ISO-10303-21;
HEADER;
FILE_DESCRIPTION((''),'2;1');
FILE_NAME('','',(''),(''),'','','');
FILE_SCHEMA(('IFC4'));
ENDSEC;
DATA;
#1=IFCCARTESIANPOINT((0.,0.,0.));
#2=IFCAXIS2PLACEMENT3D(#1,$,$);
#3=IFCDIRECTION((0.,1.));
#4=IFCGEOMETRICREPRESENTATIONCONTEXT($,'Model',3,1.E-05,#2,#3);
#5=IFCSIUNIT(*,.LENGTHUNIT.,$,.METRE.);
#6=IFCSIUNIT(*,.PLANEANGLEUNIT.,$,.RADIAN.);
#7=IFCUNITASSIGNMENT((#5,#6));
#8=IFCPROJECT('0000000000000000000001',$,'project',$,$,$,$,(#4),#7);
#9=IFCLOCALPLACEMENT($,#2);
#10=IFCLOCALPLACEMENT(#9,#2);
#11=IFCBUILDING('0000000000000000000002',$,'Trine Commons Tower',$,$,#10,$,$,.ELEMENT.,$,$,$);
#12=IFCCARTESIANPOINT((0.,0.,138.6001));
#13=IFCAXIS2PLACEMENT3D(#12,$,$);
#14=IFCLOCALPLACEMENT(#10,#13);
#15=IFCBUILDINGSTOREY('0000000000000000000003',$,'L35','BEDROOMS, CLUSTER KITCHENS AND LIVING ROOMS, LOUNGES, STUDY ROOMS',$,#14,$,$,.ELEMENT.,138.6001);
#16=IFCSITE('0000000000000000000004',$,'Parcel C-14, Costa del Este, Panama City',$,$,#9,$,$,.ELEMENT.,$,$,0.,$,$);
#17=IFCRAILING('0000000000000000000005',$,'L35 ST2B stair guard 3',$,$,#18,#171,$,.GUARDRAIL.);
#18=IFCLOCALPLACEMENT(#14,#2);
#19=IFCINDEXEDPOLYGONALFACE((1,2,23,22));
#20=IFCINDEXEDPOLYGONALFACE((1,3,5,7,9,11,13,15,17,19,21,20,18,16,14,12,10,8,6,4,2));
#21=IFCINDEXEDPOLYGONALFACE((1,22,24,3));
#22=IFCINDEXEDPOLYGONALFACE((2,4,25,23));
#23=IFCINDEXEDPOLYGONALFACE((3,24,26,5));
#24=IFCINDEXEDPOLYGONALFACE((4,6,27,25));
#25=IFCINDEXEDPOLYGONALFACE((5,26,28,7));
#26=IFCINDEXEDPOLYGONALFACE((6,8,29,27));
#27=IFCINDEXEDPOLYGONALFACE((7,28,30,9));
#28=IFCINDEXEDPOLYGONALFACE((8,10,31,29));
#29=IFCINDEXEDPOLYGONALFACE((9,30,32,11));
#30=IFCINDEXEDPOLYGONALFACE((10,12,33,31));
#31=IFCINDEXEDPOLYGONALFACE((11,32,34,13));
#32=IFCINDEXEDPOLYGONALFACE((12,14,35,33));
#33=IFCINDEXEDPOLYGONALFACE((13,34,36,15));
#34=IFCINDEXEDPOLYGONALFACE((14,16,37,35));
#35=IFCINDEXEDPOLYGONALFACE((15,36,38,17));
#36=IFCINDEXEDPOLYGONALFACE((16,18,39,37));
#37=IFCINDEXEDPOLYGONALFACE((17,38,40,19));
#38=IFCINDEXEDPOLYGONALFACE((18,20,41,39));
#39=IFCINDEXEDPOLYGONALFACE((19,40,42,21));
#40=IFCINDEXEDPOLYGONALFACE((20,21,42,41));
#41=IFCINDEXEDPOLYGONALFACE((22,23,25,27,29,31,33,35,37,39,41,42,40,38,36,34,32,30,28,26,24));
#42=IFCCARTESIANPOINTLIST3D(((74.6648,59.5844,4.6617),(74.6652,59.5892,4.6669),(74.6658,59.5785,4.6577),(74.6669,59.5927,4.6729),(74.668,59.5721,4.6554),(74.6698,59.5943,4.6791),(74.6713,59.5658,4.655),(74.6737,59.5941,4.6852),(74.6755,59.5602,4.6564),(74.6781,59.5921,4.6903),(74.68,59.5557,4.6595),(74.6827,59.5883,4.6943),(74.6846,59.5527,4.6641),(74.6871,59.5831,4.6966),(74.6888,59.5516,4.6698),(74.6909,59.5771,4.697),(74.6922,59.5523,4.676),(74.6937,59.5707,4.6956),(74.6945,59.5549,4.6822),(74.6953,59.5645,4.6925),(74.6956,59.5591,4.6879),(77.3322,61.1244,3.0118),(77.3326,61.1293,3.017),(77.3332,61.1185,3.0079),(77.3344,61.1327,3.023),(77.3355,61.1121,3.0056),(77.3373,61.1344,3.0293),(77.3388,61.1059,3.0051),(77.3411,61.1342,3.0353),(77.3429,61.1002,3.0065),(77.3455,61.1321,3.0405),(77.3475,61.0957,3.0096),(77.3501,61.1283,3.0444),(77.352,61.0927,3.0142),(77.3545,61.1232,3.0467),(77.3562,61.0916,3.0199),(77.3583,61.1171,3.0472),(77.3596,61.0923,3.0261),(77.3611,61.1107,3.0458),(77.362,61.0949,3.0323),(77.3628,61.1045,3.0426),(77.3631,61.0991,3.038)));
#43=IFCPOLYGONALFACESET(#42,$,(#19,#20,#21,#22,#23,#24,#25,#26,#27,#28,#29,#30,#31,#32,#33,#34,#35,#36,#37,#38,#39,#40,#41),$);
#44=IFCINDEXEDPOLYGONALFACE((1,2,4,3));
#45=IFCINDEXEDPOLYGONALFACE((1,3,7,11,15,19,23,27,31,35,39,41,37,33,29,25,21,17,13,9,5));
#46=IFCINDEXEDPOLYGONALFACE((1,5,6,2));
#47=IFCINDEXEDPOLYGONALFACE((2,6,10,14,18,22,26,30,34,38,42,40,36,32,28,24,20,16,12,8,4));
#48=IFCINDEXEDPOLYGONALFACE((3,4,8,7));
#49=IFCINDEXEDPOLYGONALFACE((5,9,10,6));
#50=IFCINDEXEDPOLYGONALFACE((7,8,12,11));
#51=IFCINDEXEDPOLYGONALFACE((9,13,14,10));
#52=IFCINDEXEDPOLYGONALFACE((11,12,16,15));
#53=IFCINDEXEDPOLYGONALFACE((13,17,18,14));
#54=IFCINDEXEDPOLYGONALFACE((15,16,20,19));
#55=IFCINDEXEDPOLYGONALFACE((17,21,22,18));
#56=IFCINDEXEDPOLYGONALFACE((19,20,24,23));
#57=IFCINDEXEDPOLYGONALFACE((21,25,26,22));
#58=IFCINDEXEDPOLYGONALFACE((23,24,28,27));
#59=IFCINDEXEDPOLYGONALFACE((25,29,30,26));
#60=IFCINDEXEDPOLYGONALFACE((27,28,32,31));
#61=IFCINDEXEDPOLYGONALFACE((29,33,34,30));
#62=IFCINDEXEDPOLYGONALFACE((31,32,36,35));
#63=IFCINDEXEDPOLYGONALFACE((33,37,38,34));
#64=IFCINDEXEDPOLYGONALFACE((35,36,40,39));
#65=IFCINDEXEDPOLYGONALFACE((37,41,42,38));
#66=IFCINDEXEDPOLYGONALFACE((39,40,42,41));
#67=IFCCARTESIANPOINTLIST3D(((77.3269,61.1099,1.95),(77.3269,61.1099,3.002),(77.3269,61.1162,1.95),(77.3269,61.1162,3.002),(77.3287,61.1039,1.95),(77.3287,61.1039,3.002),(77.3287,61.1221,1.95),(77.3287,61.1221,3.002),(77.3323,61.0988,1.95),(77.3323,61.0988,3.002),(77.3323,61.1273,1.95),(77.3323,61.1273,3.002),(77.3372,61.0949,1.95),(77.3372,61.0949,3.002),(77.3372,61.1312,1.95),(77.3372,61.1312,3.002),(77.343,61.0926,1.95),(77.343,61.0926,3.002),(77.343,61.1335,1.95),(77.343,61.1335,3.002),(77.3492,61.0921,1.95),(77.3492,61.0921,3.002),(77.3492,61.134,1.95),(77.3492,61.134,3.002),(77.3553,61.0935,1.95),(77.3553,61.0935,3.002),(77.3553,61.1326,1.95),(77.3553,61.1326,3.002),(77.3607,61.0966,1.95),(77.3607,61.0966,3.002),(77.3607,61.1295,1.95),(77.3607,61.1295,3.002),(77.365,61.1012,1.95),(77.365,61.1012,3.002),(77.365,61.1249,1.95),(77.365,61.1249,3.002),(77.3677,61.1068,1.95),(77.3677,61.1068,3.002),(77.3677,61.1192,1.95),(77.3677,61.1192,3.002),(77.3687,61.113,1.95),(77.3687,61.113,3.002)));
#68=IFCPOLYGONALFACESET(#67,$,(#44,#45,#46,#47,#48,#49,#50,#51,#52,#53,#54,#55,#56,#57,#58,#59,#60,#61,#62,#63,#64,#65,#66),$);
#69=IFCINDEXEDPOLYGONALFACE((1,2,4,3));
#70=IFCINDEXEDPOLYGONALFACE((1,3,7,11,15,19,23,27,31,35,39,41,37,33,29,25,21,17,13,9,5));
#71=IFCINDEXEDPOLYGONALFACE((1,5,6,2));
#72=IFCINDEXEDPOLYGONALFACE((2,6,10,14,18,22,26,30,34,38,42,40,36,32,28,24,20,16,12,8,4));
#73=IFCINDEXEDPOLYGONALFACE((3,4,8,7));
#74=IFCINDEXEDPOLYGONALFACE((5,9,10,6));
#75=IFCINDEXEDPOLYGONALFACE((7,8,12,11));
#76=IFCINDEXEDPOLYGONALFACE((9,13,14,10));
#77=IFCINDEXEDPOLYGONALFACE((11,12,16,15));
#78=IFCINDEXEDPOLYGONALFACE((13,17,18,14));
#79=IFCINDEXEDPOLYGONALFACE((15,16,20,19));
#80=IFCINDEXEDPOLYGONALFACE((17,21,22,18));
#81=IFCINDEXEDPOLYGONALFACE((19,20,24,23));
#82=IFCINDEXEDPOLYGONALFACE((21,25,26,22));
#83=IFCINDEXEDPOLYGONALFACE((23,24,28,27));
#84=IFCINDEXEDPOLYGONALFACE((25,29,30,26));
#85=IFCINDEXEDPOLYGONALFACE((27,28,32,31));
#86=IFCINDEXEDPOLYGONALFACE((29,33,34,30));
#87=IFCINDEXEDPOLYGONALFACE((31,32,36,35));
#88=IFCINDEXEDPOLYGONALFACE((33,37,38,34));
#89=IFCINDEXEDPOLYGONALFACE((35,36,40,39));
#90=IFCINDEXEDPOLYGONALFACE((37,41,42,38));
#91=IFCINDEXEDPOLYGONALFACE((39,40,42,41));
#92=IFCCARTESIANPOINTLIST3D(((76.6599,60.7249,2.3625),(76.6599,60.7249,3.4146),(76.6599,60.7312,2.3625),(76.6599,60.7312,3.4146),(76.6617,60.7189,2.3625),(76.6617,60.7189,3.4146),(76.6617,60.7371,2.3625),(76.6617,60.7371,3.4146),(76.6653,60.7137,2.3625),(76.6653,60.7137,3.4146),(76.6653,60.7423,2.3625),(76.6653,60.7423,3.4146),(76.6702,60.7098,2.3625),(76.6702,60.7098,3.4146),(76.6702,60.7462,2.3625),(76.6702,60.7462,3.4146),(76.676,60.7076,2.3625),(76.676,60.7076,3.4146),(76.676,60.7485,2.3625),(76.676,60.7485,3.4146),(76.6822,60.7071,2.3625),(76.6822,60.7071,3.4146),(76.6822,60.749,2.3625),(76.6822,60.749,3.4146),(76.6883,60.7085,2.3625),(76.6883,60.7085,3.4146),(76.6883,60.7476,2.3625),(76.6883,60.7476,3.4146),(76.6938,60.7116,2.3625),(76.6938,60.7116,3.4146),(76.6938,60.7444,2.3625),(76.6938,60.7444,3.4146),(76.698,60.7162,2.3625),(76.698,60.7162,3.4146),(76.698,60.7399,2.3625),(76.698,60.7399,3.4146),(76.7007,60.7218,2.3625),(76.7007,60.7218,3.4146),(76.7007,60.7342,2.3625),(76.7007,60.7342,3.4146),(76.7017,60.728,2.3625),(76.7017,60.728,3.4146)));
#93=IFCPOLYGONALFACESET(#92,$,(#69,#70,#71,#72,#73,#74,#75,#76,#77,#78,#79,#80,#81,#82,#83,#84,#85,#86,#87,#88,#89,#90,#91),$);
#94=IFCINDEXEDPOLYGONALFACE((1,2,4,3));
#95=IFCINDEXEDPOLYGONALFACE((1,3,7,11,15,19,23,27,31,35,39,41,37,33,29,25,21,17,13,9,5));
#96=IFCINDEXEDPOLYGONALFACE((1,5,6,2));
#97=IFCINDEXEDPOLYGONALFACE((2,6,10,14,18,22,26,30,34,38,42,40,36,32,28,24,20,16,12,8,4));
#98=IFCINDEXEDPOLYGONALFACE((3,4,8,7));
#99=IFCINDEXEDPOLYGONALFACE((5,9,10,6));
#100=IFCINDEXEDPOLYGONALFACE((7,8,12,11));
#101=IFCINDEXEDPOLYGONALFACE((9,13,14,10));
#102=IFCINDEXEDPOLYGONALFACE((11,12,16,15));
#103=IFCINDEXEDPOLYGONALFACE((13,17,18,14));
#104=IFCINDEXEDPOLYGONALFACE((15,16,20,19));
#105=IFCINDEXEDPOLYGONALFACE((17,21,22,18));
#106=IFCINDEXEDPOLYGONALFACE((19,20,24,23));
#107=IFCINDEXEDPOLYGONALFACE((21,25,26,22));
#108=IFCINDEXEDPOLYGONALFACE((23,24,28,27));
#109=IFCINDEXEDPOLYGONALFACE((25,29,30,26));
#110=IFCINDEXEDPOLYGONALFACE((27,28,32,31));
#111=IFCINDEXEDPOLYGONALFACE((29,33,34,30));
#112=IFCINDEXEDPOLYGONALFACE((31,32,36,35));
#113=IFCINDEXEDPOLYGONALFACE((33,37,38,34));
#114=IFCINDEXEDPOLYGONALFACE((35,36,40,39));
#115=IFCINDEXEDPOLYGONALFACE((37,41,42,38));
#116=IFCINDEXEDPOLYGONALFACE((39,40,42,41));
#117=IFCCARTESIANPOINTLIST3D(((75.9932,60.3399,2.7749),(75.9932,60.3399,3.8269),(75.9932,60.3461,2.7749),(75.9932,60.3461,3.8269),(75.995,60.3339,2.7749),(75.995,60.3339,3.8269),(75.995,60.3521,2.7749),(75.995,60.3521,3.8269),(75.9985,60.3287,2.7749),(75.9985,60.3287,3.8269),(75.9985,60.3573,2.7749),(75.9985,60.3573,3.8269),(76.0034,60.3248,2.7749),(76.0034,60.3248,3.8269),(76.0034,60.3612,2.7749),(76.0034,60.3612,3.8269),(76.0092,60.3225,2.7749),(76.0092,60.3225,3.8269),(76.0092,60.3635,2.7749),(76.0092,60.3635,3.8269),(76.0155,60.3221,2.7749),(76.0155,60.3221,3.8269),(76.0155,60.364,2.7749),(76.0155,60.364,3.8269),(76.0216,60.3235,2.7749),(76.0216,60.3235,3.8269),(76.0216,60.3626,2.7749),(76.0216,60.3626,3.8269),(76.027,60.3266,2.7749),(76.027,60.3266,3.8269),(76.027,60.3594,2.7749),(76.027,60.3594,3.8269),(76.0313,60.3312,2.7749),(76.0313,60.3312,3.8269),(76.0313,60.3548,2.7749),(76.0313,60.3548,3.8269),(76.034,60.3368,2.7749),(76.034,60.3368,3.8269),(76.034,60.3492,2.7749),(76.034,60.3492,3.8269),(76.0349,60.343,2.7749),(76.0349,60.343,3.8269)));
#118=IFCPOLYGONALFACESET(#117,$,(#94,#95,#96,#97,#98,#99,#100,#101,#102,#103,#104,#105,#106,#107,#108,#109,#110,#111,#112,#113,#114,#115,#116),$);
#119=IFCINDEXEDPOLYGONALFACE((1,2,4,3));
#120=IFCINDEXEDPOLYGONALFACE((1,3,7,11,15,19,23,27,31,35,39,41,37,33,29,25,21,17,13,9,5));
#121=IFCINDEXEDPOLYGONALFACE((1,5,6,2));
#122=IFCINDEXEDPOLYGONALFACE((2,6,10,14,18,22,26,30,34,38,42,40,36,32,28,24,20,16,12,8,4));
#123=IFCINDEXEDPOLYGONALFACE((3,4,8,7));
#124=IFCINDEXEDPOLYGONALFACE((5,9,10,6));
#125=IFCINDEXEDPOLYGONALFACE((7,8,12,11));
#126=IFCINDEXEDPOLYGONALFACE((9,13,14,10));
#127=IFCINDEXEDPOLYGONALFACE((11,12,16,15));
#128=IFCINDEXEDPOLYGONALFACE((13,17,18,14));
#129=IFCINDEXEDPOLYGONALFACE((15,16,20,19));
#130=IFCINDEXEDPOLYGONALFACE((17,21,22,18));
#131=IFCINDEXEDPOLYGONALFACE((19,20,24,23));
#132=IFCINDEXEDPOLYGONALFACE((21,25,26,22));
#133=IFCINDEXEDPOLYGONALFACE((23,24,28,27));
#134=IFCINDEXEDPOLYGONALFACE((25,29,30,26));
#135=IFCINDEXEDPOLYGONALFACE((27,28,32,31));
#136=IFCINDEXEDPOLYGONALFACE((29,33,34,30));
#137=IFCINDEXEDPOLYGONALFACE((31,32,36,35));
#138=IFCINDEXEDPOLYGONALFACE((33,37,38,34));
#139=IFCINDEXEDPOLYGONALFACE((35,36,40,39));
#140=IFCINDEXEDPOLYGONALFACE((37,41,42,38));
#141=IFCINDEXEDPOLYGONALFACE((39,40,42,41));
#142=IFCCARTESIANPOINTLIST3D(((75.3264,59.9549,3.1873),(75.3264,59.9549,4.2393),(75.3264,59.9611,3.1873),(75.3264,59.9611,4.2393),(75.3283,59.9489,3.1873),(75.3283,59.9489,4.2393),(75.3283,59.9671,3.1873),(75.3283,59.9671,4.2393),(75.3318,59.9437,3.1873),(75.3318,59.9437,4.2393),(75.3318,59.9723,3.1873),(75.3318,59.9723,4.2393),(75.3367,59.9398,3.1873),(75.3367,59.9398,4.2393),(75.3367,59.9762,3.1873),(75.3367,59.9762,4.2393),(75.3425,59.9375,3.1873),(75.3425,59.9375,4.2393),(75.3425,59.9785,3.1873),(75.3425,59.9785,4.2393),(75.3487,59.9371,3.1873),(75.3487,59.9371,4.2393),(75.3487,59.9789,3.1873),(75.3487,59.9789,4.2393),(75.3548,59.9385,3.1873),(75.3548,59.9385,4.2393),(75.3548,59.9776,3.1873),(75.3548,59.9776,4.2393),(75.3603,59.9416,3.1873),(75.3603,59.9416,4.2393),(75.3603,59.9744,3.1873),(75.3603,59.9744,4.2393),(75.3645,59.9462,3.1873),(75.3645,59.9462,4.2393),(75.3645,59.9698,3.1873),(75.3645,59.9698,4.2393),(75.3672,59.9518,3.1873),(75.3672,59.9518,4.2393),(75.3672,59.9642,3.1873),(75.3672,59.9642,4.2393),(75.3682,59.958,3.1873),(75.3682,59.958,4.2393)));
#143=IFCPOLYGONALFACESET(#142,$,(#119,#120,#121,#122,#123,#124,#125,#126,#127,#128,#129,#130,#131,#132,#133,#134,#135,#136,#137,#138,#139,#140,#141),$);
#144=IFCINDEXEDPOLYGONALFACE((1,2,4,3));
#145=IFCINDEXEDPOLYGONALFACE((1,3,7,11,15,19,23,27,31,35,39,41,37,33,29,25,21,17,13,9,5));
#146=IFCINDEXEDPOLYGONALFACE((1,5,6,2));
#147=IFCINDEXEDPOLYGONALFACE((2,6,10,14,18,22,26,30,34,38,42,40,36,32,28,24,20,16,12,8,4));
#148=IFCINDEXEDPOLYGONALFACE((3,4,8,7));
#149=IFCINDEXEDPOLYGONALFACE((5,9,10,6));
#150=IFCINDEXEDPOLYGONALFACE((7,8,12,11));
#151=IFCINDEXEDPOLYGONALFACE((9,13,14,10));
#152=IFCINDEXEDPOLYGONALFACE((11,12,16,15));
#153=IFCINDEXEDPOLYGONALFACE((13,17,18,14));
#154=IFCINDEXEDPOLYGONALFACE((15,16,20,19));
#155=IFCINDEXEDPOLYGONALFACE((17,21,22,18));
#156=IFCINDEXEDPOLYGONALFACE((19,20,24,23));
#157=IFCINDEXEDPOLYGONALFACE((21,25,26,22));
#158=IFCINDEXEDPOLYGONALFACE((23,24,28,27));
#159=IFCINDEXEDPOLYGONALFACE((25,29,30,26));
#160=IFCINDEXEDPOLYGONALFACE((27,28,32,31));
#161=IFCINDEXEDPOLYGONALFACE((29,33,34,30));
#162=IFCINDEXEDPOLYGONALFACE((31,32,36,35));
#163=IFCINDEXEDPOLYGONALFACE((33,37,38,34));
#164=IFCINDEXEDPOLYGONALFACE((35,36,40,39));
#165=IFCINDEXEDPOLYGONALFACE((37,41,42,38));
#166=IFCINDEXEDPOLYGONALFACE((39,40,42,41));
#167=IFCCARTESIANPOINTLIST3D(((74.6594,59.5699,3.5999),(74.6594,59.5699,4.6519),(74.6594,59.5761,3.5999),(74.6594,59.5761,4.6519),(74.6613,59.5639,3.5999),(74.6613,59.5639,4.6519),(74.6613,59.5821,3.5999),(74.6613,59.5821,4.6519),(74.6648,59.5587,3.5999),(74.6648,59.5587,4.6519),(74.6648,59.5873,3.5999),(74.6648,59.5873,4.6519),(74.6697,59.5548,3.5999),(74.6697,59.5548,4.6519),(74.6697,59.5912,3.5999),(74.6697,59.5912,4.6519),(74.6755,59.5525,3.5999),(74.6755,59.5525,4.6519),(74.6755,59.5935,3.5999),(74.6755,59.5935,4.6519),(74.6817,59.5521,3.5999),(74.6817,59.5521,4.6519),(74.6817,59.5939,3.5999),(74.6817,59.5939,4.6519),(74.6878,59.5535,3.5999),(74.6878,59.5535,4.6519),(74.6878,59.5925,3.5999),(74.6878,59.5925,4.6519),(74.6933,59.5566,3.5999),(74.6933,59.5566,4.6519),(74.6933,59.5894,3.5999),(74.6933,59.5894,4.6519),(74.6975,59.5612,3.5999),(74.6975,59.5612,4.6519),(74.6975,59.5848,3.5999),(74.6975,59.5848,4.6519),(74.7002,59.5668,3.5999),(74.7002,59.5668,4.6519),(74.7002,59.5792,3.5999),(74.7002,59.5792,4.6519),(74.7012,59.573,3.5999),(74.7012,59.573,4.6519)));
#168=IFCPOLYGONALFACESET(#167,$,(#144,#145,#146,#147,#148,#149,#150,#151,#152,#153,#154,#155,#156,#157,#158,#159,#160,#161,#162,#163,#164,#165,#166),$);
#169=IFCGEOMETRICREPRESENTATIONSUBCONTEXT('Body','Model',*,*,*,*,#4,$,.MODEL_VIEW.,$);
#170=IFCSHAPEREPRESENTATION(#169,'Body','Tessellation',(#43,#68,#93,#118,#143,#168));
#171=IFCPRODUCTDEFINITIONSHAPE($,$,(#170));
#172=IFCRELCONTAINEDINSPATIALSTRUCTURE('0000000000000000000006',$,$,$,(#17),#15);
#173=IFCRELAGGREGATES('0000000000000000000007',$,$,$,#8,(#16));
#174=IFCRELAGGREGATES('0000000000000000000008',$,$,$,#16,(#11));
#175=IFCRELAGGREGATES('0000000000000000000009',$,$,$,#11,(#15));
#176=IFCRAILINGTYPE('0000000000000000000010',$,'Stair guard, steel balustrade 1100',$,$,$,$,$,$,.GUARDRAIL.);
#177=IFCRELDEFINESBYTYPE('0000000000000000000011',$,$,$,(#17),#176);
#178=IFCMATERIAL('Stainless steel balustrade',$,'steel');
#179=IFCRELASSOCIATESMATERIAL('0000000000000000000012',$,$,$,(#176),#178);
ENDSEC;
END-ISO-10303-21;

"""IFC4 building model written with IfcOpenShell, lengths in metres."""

from ifc_helpers import new_model, si_unit, direction, frame, origin, origin_2d, place, context, subcontext, project, spatial, circle, extrude, material, type_object, element, save


model = new_model("IFC4")

# Units and contexts
model_context = context("Model", 3, precision=1e-05, world=origin(), true_north=direction((0.0, 1.0)))
body_context = subcontext(model_context, "Body", "Model", "MODEL_VIEW")
ifc_project = project(units=[si_unit("LENGTHUNIT", "METRE"), si_unit("PLANEANGLEUNIT", "RADIAN")], contexts=[model_context])

# Site, building, storey
site_placement = place(None, origin())
site = spatial("IfcSite", under=ifc_project, at=site_placement, Name="Parcel C-14, Costa del Este, Panama City", CompositionType="ELEMENT", RefElevation=0.0)
building_placement = place(site_placement, origin())
building = spatial("IfcBuilding", under=site, at=building_placement, Name="Trine Commons Tower", CompositionType="ELEMENT")
storey_placement = place(building_placement, frame((0.0, 0.0, 138.6001)))
storey = spatial("IfcBuildingStorey", under=building, at=storey_placement, Name="L35", Description="BEDROOMS, CLUSTER KITCHENS AND LIVING ROOMS, LOUNGES, STUDY ROOMS", CompositionType="ELEMENT", Elevation=138.6001)

# Railing
ifc_material_1 = material(Name="Stainless steel balustrade", Category="steel")
railing_type_1 = type_object("IfcRailingType", Name="Stair guard, steel balustrade 1100", PredefinedType="GUARDRAIL", material=ifc_material_1)
railing_1_placement = place(storey_placement, frame((77.3477, 61.113, 1.95)))
element("IfcRailing", 1, at=railing_1_placement, inside=storey, type_object=railing_type_1, Name="L35 ST2B stair guard 3", PredefinedType="GUARDRAIL", context=body_context, shape_type="SweptSolid", body=[
    extrude(circle(Radius=0.0239, at=origin_2d()), frame((0.0, 0.0, 1.0762), z_axis=(-0.763405, -0.440743, 0.472185), x_axis=(0.499992, -0.86603, 0.0)), (0.0, 0.0, 1.0), 3.4941),
    extrude(circle(Radius=0.021, at=origin_2d()), origin(), (0.0, 0.0, 1.0), 1.052),
    extrude(circle(Radius=0.021, at=origin_2d()), frame((-0.667, -0.385, 0.4126)), (0.0, 0.0, 1.0), 1.052),
    extrude(circle(Radius=0.021, at=origin_2d()), frame((-1.3337, -0.77, 0.825)), (0.0, 0.0, 1.0), 1.052),
    extrude(circle(Radius=0.021, at=origin_2d()), frame((-2.0005, -1.155, 1.2373)), (0.0, 0.0, 1.0), 1.052),
    extrude(circle(Radius=0.021, at=origin_2d()), frame((-2.6675, -1.54, 1.6499)), (0.0, 0.0, 1.0), 1.052),
])

save(model, "model.ifc")
